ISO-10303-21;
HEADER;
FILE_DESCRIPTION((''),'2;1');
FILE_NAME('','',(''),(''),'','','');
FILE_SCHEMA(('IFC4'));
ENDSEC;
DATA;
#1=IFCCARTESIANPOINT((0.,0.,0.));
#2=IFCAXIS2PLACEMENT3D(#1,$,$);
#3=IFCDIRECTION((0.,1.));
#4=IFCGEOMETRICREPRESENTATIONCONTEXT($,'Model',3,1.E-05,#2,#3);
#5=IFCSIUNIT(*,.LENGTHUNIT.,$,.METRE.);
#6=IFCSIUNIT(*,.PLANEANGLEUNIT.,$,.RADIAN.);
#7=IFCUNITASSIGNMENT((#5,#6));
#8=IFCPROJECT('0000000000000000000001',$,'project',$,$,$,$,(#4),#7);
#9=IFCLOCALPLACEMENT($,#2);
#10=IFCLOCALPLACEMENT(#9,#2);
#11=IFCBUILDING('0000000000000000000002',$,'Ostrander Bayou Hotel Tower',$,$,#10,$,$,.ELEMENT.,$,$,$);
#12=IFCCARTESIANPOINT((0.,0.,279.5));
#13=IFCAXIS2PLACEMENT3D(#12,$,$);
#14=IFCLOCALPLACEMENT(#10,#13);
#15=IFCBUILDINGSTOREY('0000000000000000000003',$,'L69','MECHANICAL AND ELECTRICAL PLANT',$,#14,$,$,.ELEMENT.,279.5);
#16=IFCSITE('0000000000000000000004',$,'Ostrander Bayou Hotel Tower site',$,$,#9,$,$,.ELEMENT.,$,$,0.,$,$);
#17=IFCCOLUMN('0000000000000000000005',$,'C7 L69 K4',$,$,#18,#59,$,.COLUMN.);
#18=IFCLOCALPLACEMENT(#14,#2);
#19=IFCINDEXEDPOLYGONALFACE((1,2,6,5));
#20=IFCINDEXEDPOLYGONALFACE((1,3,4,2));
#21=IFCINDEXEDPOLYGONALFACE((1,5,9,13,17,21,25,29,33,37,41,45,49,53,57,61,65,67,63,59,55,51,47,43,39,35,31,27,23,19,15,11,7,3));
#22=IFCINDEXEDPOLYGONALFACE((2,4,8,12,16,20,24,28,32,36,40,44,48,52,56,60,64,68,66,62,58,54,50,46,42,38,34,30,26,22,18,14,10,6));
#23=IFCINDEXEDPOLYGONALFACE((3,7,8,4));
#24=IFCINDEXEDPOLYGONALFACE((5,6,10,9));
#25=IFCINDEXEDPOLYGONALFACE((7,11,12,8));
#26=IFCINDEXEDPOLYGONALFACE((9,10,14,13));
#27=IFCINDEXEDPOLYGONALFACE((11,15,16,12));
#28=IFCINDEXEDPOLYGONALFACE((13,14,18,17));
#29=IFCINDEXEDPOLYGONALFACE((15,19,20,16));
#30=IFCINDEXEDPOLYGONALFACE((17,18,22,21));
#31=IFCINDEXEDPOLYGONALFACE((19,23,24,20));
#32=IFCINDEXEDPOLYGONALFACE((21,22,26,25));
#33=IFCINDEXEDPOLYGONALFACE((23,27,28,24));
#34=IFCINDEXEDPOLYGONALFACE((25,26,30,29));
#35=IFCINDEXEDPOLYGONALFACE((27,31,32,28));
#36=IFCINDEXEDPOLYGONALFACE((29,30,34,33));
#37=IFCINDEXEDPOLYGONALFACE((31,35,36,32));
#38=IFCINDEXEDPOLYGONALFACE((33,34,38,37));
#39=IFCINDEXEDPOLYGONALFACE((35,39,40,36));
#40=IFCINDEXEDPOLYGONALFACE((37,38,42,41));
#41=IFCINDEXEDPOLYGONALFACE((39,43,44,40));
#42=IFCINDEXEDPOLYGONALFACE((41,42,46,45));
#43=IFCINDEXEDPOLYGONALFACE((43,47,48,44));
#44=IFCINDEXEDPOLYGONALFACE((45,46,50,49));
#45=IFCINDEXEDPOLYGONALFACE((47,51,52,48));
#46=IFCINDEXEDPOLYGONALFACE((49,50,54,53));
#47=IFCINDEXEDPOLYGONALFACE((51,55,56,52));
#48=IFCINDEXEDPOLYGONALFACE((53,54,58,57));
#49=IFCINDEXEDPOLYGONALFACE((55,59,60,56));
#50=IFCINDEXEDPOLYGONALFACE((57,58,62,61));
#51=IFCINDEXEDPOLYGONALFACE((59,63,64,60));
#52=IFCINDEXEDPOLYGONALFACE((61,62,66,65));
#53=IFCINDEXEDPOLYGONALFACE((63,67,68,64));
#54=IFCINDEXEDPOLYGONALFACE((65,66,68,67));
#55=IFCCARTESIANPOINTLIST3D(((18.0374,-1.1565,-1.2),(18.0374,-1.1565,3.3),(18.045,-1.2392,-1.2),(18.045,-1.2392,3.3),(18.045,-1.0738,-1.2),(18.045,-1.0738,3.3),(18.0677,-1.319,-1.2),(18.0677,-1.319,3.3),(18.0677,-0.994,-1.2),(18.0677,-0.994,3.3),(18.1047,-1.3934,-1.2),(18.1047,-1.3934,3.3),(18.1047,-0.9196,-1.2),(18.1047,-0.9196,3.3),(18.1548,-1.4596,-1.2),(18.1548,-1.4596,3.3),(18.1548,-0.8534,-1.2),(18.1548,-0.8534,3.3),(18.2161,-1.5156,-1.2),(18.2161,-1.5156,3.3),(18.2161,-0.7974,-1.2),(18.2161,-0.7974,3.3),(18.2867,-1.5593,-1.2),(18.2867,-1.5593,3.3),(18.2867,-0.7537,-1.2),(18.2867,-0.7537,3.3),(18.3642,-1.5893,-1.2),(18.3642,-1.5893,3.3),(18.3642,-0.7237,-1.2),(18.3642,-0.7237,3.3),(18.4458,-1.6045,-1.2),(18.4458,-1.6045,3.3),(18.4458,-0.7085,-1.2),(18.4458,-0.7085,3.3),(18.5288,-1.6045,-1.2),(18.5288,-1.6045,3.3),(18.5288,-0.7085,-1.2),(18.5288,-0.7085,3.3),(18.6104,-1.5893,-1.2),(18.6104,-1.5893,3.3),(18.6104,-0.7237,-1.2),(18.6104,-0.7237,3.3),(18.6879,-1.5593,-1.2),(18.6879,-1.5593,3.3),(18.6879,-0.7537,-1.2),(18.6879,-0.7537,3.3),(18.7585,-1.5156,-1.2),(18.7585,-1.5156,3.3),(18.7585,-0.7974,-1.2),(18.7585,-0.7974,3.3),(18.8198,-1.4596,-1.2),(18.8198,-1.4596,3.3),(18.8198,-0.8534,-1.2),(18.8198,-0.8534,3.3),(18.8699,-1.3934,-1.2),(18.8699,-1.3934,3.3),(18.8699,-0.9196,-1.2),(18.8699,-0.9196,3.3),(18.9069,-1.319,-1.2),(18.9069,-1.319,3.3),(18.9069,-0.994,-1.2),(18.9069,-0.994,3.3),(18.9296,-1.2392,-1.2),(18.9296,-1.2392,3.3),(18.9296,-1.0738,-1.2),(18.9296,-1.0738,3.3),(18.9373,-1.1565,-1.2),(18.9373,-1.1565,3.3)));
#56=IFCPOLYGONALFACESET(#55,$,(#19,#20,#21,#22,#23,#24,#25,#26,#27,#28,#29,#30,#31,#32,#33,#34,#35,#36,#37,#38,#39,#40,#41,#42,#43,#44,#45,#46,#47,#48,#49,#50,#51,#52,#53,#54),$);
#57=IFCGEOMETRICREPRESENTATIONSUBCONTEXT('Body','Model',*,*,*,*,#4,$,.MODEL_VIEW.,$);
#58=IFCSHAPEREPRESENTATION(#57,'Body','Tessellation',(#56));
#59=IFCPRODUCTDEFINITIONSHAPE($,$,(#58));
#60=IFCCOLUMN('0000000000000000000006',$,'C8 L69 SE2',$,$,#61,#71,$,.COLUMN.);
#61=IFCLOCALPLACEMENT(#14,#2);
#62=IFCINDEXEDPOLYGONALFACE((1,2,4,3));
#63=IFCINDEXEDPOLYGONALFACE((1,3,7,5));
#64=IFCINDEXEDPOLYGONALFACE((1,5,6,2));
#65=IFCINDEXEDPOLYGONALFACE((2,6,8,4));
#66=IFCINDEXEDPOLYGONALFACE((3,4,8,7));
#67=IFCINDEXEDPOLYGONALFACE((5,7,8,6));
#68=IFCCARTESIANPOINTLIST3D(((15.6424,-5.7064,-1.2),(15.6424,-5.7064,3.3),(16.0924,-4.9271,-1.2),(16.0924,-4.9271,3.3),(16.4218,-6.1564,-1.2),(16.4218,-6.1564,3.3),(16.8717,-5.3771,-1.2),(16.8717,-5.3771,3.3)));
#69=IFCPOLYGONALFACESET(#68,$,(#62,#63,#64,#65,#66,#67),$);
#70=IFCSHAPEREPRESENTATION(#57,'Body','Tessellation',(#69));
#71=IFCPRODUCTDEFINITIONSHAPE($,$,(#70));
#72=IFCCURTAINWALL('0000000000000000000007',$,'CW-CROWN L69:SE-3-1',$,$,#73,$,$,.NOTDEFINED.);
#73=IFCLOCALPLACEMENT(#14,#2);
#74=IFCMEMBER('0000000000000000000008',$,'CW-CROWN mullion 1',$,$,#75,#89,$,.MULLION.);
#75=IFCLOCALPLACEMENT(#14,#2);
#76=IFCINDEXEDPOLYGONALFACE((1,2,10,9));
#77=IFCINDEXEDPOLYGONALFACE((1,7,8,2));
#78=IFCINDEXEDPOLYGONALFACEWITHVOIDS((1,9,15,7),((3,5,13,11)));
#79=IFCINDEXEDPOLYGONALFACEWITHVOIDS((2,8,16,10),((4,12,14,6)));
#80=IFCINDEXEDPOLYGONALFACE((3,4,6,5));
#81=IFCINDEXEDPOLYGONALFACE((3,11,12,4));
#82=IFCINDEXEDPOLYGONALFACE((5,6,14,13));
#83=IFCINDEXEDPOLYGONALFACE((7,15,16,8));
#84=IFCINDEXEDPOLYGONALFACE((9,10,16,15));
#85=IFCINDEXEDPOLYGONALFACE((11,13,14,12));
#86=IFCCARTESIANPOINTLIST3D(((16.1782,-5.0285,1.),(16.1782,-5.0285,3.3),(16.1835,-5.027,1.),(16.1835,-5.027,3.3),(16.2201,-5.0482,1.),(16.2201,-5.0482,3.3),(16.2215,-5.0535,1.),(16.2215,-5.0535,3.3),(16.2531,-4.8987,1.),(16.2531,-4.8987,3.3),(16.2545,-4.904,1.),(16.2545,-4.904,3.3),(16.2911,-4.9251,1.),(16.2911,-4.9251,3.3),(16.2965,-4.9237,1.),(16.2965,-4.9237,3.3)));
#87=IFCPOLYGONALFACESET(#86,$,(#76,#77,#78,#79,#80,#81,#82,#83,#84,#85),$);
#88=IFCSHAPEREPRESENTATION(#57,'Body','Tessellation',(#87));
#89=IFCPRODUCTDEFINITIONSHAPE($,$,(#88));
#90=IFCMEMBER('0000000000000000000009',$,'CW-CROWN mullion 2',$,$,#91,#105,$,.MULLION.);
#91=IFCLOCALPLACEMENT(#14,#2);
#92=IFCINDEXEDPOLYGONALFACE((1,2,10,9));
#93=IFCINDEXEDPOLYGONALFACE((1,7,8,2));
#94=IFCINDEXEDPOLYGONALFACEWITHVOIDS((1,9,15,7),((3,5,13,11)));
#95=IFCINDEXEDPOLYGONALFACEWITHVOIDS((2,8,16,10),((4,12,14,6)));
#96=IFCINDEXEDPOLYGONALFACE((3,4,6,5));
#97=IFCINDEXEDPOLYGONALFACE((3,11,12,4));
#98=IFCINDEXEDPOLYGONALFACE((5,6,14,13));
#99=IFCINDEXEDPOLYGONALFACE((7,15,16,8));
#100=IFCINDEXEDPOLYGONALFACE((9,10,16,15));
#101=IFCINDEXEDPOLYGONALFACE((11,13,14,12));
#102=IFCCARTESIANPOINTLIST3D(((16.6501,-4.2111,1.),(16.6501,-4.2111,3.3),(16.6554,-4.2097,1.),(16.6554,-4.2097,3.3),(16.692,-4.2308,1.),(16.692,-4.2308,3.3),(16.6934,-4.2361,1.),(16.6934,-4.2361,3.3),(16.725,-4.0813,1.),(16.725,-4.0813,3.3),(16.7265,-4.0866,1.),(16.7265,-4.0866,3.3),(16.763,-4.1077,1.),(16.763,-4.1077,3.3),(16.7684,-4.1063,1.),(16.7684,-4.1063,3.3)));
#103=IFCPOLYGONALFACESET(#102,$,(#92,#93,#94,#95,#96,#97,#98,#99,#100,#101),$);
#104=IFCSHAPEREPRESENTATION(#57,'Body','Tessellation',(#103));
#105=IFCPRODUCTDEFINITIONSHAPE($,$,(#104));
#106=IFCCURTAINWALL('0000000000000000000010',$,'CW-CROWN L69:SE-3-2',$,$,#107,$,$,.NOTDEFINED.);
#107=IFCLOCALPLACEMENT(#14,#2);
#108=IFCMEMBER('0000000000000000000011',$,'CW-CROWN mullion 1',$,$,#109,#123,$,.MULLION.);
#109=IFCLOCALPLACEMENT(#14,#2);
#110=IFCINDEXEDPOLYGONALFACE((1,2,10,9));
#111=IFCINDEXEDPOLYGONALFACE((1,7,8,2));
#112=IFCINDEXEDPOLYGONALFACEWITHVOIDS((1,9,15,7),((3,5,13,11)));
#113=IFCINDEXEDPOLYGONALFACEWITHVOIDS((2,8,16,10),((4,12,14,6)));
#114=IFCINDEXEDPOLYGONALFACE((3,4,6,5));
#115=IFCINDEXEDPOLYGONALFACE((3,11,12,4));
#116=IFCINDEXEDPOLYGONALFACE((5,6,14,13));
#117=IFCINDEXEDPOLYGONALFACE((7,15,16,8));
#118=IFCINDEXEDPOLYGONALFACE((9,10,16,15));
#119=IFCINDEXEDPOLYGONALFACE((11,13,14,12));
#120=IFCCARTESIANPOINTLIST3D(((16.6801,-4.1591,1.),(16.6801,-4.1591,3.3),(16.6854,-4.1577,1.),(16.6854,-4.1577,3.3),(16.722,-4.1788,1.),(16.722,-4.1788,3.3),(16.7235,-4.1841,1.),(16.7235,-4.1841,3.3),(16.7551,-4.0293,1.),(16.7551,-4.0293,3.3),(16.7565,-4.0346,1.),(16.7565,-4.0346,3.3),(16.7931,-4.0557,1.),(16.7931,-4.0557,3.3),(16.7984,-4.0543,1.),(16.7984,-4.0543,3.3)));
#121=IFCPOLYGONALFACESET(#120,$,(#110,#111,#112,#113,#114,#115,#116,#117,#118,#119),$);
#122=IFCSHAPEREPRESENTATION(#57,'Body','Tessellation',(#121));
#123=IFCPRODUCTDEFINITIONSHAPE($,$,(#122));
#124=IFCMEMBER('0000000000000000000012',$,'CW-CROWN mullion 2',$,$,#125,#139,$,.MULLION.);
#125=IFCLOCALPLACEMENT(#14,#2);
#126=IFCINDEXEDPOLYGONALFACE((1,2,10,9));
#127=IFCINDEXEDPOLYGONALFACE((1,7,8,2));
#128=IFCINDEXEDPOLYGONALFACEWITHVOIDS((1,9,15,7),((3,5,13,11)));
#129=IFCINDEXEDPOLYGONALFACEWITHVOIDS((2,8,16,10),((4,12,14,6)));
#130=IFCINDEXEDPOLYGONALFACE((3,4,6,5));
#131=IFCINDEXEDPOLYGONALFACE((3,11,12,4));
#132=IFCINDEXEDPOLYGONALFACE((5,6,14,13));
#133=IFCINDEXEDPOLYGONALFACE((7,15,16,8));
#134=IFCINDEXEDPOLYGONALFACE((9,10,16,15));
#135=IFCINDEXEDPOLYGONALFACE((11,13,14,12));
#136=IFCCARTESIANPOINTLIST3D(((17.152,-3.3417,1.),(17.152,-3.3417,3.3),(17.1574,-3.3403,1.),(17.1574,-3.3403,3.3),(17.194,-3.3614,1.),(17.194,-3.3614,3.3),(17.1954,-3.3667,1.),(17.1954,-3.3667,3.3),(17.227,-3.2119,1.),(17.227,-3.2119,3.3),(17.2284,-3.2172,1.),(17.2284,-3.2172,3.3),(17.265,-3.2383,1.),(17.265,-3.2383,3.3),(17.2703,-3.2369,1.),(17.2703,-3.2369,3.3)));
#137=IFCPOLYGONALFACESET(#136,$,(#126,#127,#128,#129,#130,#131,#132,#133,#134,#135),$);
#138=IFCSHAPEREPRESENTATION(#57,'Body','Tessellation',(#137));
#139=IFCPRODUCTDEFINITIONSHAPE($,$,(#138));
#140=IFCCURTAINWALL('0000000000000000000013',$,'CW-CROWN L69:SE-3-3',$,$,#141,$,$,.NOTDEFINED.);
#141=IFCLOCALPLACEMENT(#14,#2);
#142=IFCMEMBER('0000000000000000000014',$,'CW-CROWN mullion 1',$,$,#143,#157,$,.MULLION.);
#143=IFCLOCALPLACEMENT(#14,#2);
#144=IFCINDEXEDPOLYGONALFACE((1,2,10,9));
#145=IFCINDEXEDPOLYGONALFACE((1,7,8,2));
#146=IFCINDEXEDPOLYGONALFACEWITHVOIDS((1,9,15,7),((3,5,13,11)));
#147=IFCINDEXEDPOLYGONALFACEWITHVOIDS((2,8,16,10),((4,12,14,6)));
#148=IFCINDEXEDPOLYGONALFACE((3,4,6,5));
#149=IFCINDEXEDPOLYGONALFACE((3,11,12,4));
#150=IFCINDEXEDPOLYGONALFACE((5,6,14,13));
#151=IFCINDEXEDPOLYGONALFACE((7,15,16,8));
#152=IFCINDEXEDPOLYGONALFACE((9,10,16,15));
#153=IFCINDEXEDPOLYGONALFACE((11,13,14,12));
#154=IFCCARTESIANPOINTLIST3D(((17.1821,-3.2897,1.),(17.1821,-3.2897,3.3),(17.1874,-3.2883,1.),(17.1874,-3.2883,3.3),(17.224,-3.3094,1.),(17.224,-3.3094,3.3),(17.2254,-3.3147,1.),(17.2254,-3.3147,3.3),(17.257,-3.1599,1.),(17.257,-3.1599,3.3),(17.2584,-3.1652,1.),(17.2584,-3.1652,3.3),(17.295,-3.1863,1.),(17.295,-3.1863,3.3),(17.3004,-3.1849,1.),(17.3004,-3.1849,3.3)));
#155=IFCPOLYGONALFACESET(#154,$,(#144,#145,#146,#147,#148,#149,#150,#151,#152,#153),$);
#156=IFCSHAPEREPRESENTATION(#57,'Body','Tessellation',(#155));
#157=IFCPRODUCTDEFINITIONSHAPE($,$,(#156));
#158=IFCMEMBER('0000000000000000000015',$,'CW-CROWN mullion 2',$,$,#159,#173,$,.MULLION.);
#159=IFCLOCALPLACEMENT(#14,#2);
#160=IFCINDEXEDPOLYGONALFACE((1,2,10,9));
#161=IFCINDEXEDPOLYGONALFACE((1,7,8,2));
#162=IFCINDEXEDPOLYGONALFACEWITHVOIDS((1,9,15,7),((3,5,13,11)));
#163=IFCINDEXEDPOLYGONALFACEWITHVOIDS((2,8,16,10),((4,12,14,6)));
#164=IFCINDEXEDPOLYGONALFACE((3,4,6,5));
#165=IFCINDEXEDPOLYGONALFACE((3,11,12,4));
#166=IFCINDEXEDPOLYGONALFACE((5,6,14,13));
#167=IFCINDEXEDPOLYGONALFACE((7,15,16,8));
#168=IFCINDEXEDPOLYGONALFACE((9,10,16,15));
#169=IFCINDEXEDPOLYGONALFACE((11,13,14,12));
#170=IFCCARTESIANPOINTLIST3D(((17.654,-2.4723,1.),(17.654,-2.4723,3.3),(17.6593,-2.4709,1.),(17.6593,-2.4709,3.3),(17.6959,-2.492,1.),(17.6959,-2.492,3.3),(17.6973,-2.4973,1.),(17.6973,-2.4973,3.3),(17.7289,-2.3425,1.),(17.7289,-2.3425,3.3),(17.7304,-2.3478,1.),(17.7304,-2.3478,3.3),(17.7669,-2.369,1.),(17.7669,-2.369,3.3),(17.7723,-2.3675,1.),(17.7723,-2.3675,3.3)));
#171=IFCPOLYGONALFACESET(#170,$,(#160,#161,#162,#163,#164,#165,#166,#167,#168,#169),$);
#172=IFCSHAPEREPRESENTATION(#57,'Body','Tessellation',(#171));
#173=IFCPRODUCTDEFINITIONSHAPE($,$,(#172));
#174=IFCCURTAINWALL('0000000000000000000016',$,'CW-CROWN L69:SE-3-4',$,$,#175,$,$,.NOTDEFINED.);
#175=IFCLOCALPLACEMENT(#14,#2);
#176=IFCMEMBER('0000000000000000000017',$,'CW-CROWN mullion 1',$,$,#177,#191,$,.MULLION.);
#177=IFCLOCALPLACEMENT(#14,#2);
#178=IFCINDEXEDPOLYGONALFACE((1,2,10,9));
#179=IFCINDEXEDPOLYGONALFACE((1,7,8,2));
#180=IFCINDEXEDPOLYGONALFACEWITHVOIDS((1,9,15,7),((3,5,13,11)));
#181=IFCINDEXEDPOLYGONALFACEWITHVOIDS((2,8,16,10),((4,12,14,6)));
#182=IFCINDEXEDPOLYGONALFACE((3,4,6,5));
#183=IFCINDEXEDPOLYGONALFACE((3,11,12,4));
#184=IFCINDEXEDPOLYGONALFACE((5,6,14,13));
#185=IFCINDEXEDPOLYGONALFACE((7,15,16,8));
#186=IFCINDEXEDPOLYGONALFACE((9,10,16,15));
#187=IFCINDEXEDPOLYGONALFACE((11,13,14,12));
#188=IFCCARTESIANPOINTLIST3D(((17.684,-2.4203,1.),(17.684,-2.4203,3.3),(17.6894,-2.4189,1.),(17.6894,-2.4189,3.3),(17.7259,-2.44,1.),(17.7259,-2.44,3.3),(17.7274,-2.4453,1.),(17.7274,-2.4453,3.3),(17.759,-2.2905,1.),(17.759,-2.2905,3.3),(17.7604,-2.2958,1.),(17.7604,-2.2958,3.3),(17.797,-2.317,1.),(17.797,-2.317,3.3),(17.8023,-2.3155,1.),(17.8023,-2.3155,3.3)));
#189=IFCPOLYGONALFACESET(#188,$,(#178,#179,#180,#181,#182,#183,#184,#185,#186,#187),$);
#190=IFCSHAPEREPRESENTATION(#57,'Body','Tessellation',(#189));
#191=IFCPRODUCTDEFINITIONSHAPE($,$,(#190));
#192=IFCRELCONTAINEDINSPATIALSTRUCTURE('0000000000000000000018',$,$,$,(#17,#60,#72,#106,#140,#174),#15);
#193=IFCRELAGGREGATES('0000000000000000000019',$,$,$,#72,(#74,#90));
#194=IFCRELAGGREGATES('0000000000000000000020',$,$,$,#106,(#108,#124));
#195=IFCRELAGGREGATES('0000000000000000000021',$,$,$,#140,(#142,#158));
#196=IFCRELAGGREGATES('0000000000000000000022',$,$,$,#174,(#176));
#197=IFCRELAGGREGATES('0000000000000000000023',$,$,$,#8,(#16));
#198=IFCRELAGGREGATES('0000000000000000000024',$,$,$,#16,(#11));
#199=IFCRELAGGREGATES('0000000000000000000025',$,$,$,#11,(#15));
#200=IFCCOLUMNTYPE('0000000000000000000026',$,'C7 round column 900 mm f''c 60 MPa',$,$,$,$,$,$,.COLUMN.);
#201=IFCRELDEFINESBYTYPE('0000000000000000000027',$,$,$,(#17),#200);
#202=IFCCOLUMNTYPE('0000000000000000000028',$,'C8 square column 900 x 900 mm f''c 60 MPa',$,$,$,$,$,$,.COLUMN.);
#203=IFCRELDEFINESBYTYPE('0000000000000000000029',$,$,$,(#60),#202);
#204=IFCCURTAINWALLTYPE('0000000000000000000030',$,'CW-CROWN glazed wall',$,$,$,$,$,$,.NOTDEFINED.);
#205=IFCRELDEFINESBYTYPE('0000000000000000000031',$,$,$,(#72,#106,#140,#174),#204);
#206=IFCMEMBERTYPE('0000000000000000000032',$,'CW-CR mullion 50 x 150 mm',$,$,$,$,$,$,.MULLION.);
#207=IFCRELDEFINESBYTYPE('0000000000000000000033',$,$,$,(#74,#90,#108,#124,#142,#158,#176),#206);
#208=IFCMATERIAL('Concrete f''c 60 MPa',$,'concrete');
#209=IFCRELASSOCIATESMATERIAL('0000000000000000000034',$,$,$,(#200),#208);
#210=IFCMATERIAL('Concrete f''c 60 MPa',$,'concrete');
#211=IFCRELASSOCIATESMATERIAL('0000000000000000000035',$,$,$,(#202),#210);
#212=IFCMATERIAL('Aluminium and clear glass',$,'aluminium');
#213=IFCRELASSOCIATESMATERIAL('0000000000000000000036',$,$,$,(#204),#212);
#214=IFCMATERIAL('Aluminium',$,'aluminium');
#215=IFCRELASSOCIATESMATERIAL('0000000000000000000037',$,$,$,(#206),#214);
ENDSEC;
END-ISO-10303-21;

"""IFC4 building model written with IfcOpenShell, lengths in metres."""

from ifc_helpers import new_model, si_unit, direction, frame, origin, origin_2d, place, context, subcontext, project, spatial, rectangle, hollow_rectangle, circle, extrude, material, material_profile, profile_set, type_object, element, aggregate, save


model = new_model("IFC4")

# Units and contexts
model_context = context("Model", 3, precision=1e-05, world=origin(), true_north=direction((0.0, 1.0)))
body_context = subcontext(model_context, "Body", "Model", "MODEL_VIEW")
ifc_project = project(units=[si_unit("LENGTHUNIT", "METRE"), si_unit("PLANEANGLEUNIT", "RADIAN")], contexts=[model_context])

# Site, building, storey
site_placement = place(None, origin())
site = spatial("IfcSite", under=ifc_project, at=site_placement, Name="Ostrander Bayou Hotel Tower site", CompositionType="ELEMENT", RefElevation=0.0)
building_placement = place(site_placement, origin())
building = spatial("IfcBuilding", under=site, at=building_placement, Name="Ostrander Bayou Hotel Tower", CompositionType="ELEMENT")
storey_placement = place(building_placement, frame((0.0, 0.0, 279.5)))
storey = spatial("IfcBuildingStorey", under=building, at=storey_placement, Name="L69", Description="MECHANICAL AND ELECTRICAL PLANT", CompositionType="ELEMENT", Elevation=279.5)

# Columns
ifc_material_1 = material(Name="Concrete f'c 60 MPa", Category="concrete")
ifc_material_profile_1 = material_profile(ifc_material_1, circle(Radius=0.45, at=origin_2d()))
ifc_profile_set_1 = profile_set([ifc_material_profile_1], Name="Concrete f'c 60 MPa")
column_type_1 = type_object("IfcColumnType", Name="C7 round column 900 mm f'c 60 MPa", PredefinedType="COLUMN", material=ifc_profile_set_1)
column_1_placement = place(storey_placement, frame((18.4873, -1.1565, -1.2), z_axis=(0.0, 0.0, 1.0), x_axis=(1.0, 0.0, 0.0)))
element("IfcColumn", 1, at=column_1_placement, inside=storey, type_object=column_type_1, Name="C7 L69 K4", PredefinedType="COLUMN", context=body_context, shape_type="SweptSolid", body=[
    extrude(circle(Radius=0.45, at=origin_2d()), origin(), (0.0, 0.0, 1.0), 4.5),
])
ifc_material_2 = material(Name="Concrete f'c 60 MPa", Category="concrete")
ifc_material_profile_2 = material_profile(ifc_material_2, rectangle(XDim=0.8999, YDim=0.8999, at=origin_2d()))
ifc_profile_set_2 = profile_set([ifc_material_profile_2], Name="Concrete f'c 60 MPa")
column_type_2 = type_object("IfcColumnType", Name="C8 square column 900 x 900 mm f'c 60 MPa", PredefinedType="COLUMN", material=ifc_profile_set_2)
column_2_placement = place(storey_placement, frame((16.2571, -5.5417, -1.2), z_axis=(0.0, 0.0, 1.0), x_axis=(-0.5, -0.866025, 0.0)))
element("IfcColumn", 2, at=column_2_placement, inside=storey, type_object=column_type_2, Name="C8 L69 SE2", PredefinedType="COLUMN", context=body_context, shape_type="SweptSolid", body=[
    extrude(rectangle(XDim=0.8999, YDim=0.8999, at=origin_2d()), origin(), (0.0, 0.0, 1.0), 4.5),
])

# Curtain walls, members
ifc_material_3 = material(Name="Aluminium and clear glass", Category="aluminium")
curtain_wall_type = type_object("IfcCurtainWallType", Name="CW-CROWN glazed wall", PredefinedType="NOTDEFINED", material=ifc_material_3)
curtain_wall_1_placement = place(storey_placement, origin())
curtain_wall_1 = element("IfcCurtainWall", 3, at=curtain_wall_1_placement, inside=storey, type_object=curtain_wall_type, Name="CW-CROWN L69:SE-3-1", PredefinedType="NOTDEFINED")
ifc_material_4 = material(Name="Aluminium", Category="aluminium")
ifc_material_profile_3 = material_profile(ifc_material_4, hollow_rectangle(XDim=0.05, YDim=0.1499, WallThickness=0.0039, at=origin_2d()))
ifc_profile_set_3 = profile_set([ifc_material_profile_3], Name="Aluminium")
member_type_1 = type_object("IfcMemberType", Name="CW-CR mullion 50 x 150 mm", PredefinedType="MULLION", material=ifc_profile_set_3)
member_1_placement = place(storey_placement, frame((16.2373, -4.9761, 1.0), z_axis=(0.0, 0.0, 1.0), x_axis=(-0.866021, 0.500007, 0.0)))
member_1 = element("IfcMember", 4, at=member_1_placement, type_object=member_type_1, Name="CW-CROWN mullion 1", PredefinedType="MULLION", context=body_context, shape_type="SweptSolid", body=[
    extrude(hollow_rectangle(XDim=0.05, YDim=0.1499, WallThickness=0.0039, at=origin_2d()), origin(), (0.0, 0.0, 1.0), 2.3),
])
member_2_placement = place(storey_placement, frame((16.7092, -4.1587, 1.0), z_axis=(0.0, 0.0, 1.0), x_axis=(-0.866021, 0.500007, 0.0)))
member_2 = element("IfcMember", 5, at=member_2_placement, type_object=member_type_1, Name="CW-CROWN mullion 2", PredefinedType="MULLION", context=body_context, shape_type="SweptSolid", body=[
    extrude(hollow_rectangle(XDim=0.05, YDim=0.1499, WallThickness=0.0039, at=origin_2d()), origin(), (0.0, 0.0, 1.0), 2.3),
])
curtain_wall_2_placement = place(storey_placement, origin())
curtain_wall_2 = element("IfcCurtainWall", 6, at=curtain_wall_2_placement, inside=storey, type_object=curtain_wall_type, Name="CW-CROWN L69:SE-3-2", PredefinedType="NOTDEFINED")
member_3_placement = place(storey_placement, frame((16.7393, -4.1067, 1.0), z_axis=(0.0, 0.0, 1.0), x_axis=(-0.866046, 0.499964, 0.0)))
member_3 = element("IfcMember", 7, at=member_3_placement, type_object=member_type_1, Name="CW-CROWN mullion 1", PredefinedType="MULLION", context=body_context, shape_type="SweptSolid", body=[
    extrude(hollow_rectangle(XDim=0.05, YDim=0.1499, WallThickness=0.0039, at=origin_2d()), origin(), (0.0, 0.0, 1.0), 2.3),
])
member_4_placement = place(storey_placement, frame((17.2112, -3.2893, 1.0), z_axis=(0.0, 0.0, 1.0), x_axis=(-0.866046, 0.499964, 0.0)))
member_4 = element("IfcMember", 8, at=member_4_placement, type_object=member_type_1, Name="CW-CROWN mullion 2", PredefinedType="MULLION", context=body_context, shape_type="SweptSolid", body=[
    extrude(hollow_rectangle(XDim=0.05, YDim=0.1499, WallThickness=0.0039, at=origin_2d()), origin(), (0.0, 0.0, 1.0), 2.3),
])
curtain_wall_3_placement = place(storey_placement, origin())
curtain_wall_3 = element("IfcCurtainWall", 9, at=curtain_wall_3_placement, inside=storey, type_object=curtain_wall_type, Name="CW-CROWN L69:SE-3-3", PredefinedType="NOTDEFINED")
member_5_placement = place(storey_placement, frame((17.2412, -3.2373, 1.0), z_axis=(0.0, 0.0, 1.0), x_axis=(-0.866021, 0.500007, 0.0)))
member_5 = element("IfcMember", 10, at=member_5_placement, type_object=member_type_1, Name="CW-CROWN mullion 1", PredefinedType="MULLION", context=body_context, shape_type="SweptSolid", body=[
    extrude(hollow_rectangle(XDim=0.05, YDim=0.1499, WallThickness=0.0039, at=origin_2d()), origin(), (0.0, 0.0, 1.0), 2.3),
])
member_6_placement = place(storey_placement, frame((17.7131, -2.4199, 1.0), z_axis=(0.0, 0.0, 1.0), x_axis=(-0.866021, 0.500007, 0.0)))
member_6 = element("IfcMember", 11, at=member_6_placement, type_object=member_type_1, Name="CW-CROWN mullion 2", PredefinedType="MULLION", context=body_context, shape_type="SweptSolid", body=[
    extrude(hollow_rectangle(XDim=0.05, YDim=0.1499, WallThickness=0.0039, at=origin_2d()), origin(), (0.0, 0.0, 1.0), 2.3),
])
curtain_wall_4_placement = place(storey_placement, origin())
curtain_wall_4 = element("IfcCurtainWall", 12, at=curtain_wall_4_placement, inside=storey, type_object=curtain_wall_type, Name="CW-CROWN L69:SE-3-4", PredefinedType="NOTDEFINED")
member_7_placement = place(storey_placement, frame((17.7432, -2.3679, 1.0), z_axis=(0.0, 0.0, 1.0), x_axis=(-0.866046, 0.499964, 0.0)))
member_7 = element("IfcMember", 13, at=member_7_placement, type_object=member_type_1, Name="CW-CROWN mullion 1", PredefinedType="MULLION", context=body_context, shape_type="SweptSolid", body=[
    extrude(hollow_rectangle(XDim=0.05, YDim=0.1499, WallThickness=0.0039, at=origin_2d()), origin(), (0.0, 0.0, 1.0), 2.3),
])

aggregate(curtain_wall_1, [member_1, member_2])
aggregate(curtain_wall_2, [member_3, member_4])
aggregate(curtain_wall_3, [member_5, member_6])
aggregate(curtain_wall_4, [member_7])

save(model, "model.ifc")
